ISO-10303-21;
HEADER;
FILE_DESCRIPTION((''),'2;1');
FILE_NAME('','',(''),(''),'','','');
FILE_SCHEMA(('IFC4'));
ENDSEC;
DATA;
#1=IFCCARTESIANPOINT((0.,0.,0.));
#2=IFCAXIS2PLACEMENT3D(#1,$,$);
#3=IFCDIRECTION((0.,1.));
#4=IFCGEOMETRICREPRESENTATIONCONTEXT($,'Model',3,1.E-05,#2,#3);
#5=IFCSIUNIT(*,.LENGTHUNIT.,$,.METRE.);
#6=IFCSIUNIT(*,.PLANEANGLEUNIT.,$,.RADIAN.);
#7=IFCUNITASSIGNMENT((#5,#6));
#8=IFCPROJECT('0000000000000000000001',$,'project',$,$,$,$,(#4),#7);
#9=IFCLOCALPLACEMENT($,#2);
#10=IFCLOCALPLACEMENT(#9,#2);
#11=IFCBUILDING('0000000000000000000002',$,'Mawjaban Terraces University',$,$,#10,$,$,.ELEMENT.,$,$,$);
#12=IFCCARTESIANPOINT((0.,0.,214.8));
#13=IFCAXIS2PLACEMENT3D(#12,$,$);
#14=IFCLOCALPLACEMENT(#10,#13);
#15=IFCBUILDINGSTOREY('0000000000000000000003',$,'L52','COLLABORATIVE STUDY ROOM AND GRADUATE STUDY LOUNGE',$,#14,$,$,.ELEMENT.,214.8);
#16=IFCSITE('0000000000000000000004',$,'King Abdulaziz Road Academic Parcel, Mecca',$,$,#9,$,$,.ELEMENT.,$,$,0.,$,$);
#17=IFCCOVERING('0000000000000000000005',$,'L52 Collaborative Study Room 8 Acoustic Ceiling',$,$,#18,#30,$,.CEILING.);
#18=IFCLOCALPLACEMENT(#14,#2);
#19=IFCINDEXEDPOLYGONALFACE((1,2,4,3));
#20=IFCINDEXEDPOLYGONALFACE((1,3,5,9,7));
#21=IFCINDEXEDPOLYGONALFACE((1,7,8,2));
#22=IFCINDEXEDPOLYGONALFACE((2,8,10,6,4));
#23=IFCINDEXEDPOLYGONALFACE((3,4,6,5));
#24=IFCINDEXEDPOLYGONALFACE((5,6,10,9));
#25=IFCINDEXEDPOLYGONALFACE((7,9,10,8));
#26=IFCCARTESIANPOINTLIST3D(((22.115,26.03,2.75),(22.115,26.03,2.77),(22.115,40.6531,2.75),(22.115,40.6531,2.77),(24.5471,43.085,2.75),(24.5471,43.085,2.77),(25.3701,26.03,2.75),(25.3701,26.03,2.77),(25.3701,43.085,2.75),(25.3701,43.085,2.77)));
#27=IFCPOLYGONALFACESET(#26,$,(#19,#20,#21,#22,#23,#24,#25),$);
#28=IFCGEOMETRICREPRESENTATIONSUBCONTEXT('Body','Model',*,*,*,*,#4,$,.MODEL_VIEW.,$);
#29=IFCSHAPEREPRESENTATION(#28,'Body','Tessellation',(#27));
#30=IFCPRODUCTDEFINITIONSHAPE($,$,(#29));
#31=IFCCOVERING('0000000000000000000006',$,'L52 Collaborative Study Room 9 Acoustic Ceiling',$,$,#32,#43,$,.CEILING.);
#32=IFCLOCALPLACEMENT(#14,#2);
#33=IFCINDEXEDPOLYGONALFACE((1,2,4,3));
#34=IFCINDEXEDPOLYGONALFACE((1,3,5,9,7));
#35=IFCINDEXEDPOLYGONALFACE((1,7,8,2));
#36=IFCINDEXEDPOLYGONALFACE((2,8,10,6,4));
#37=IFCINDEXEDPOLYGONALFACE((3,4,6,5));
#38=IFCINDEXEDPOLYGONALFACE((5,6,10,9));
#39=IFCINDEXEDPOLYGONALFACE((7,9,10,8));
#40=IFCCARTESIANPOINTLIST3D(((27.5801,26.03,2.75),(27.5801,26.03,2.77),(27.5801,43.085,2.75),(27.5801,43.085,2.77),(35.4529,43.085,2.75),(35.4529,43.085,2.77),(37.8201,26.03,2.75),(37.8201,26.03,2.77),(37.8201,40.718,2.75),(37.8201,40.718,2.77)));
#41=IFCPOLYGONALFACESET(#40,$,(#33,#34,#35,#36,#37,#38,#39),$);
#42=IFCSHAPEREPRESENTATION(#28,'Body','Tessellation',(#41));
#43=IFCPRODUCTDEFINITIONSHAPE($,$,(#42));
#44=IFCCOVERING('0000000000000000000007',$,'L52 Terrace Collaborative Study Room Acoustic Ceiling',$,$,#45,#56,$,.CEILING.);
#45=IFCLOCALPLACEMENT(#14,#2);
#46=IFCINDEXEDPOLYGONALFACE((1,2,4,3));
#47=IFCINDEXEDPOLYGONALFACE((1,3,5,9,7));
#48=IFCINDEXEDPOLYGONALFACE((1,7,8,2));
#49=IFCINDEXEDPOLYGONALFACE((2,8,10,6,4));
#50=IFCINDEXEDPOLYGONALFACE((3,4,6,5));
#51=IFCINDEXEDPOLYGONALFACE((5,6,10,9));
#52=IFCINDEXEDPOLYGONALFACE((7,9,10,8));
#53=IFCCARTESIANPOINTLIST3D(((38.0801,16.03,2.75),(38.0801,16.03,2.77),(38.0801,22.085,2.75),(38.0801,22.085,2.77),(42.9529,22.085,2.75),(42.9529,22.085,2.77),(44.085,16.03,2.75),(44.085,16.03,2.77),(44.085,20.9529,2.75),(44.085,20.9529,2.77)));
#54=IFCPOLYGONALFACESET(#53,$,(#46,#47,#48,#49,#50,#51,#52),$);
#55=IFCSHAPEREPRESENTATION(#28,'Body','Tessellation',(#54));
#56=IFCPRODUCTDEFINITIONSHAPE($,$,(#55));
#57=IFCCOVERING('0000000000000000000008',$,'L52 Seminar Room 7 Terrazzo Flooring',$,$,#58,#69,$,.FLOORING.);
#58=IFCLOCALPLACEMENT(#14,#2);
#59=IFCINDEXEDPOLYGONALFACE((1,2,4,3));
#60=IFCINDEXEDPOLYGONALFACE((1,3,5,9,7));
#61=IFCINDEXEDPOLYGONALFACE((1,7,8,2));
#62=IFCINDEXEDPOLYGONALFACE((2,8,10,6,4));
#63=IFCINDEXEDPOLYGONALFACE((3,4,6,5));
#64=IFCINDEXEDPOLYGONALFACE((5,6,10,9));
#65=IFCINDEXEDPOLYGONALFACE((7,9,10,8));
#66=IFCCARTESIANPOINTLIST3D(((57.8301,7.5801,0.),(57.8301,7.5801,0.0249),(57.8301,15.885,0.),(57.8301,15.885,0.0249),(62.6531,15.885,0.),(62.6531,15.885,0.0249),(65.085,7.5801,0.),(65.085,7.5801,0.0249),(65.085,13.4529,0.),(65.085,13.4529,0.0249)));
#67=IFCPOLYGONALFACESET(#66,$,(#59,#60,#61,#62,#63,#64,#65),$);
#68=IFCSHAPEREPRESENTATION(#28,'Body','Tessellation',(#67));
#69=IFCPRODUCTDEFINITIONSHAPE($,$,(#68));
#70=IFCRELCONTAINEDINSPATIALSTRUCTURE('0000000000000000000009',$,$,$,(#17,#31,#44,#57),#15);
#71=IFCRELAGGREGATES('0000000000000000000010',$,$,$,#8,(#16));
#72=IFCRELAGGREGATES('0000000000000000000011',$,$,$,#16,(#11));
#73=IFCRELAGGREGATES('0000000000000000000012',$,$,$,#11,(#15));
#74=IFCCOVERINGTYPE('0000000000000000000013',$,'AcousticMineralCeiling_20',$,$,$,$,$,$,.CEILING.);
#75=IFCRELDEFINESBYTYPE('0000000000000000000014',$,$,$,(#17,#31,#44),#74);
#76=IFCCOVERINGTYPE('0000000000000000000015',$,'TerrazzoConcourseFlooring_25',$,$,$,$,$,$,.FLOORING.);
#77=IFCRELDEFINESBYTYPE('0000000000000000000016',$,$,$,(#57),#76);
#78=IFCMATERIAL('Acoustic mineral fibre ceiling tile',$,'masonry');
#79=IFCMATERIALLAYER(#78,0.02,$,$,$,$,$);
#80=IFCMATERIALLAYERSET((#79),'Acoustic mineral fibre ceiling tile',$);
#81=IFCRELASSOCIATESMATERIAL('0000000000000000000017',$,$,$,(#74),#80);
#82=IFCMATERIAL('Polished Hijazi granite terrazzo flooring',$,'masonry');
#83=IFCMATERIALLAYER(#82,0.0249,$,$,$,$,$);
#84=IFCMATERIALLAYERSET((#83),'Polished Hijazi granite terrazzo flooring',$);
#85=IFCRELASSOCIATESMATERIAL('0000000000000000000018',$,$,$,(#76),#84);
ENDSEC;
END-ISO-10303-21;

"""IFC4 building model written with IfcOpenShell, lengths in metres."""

from ifc_helpers import new_model, si_unit, direction, frame, origin, place, context, subcontext, project, spatial, polyline, outline, extrude, material, layer, layer_set, type_object, element, save


model = new_model("IFC4")

# Units and contexts
model_context = context("Model", 3, precision=1e-05, world=origin(), true_north=direction((0.0, 1.0)))
body_context = subcontext(model_context, "Body", "Model", "MODEL_VIEW")
ifc_project = project(units=[si_unit("LENGTHUNIT", "METRE"), si_unit("PLANEANGLEUNIT", "RADIAN")], contexts=[model_context])

# Site, building, storey
site_placement = place(None, origin())
site = spatial("IfcSite", under=ifc_project, at=site_placement, Name="King Abdulaziz Road Academic Parcel, Mecca", CompositionType="ELEMENT", RefElevation=0.0)
building_placement = place(site_placement, origin())
building = spatial("IfcBuilding", under=site, at=building_placement, Name="Mawjaban Terraces University", CompositionType="ELEMENT")
storey_placement = place(building_placement, frame((0.0, 0.0, 214.8)))
storey = spatial("IfcBuildingStorey", under=building, at=storey_placement, Name="L52", Description="COLLABORATIVE STUDY ROOM AND GRADUATE STUDY LOUNGE", CompositionType="ELEMENT", Elevation=214.8)

# Coverings
ifc_material_1 = material(Name="Acoustic mineral fibre ceiling tile", Category="masonry")
ifc_layer_1 = layer(ifc_material_1, 0.02)
ifc_layer_set_1 = layer_set([ifc_layer_1], Name="Acoustic mineral fibre ceiling tile")
covering_type_1 = type_object("IfcCoveringType", Name="AcousticMineralCeiling_20", PredefinedType="CEILING", material=ifc_layer_set_1)
covering_1_placement = place(storey_placement, frame((0.0, 0.0, 2.75)))
element("IfcCovering", 1, at=covering_1_placement, inside=storey, type_object=covering_type_1, Name="L52 Collaborative Study Room 8 Acoustic Ceiling", PredefinedType="CEILING", context=body_context, shape_type="SweptSolid", body=[
    extrude(outline(polyline([(25.3701, 43.085), (24.5471, 43.085), (22.115, 40.6531), (22.115, 26.03), (25.3701, 26.03), (25.3701, 43.085)])), origin(), (0.0, 0.0, 1.0), 0.02),
])
covering_2_placement = place(storey_placement, frame((0.0, 0.0, 2.75)))
element("IfcCovering", 2, at=covering_2_placement, inside=storey, type_object=covering_type_1, Name="L52 Collaborative Study Room 9 Acoustic Ceiling", PredefinedType="CEILING", context=body_context, shape_type="SweptSolid", body=[
    extrude(outline(polyline([(37.8201, 40.718), (35.4529, 43.085), (27.5801, 43.085), (27.5801, 26.03), (37.8201, 26.03), (37.8201, 40.718)])), origin(), (0.0, 0.0, 1.0), 0.02),
])
covering_3_placement = place(storey_placement, frame((0.0, 0.0, 2.75)))
element("IfcCovering", 3, at=covering_3_placement, inside=storey, type_object=covering_type_1, Name="L52 Terrace Collaborative Study Room Acoustic Ceiling", PredefinedType="CEILING", context=body_context, shape_type="SweptSolid", body=[
    extrude(outline(polyline([(44.085, 16.03), (44.085, 20.9529), (42.9529, 22.085), (38.0801, 22.085), (38.0801, 16.03), (44.085, 16.03)])), origin(), (0.0, 0.0, 1.0), 0.02),
])
ifc_material_2 = material(Name="Polished Hijazi granite terrazzo flooring", Category="masonry")
ifc_layer_2 = layer(ifc_material_2, 0.0249)
ifc_layer_set_2 = layer_set([ifc_layer_2], Name="Polished Hijazi granite terrazzo flooring")
covering_type_2 = type_object("IfcCoveringType", Name="TerrazzoConcourseFlooring_25", PredefinedType="FLOORING", material=ifc_layer_set_2)
covering_4_placement = place(storey_placement, origin())
element("IfcCovering", 4, at=covering_4_placement, inside=storey, type_object=covering_type_2, Name="L52 Seminar Room 7 Terrazzo Flooring", PredefinedType="FLOORING", context=body_context, shape_type="SweptSolid", body=[
    extrude(outline(polyline([(65.085, 7.5801), (65.085, 13.4529), (62.6531, 15.885), (57.8301, 15.885), (57.8301, 7.5801), (65.085, 7.5801)])), origin(), (0.0, 0.0, 1.0), 0.0249),
])

save(model, "model.ifc")
